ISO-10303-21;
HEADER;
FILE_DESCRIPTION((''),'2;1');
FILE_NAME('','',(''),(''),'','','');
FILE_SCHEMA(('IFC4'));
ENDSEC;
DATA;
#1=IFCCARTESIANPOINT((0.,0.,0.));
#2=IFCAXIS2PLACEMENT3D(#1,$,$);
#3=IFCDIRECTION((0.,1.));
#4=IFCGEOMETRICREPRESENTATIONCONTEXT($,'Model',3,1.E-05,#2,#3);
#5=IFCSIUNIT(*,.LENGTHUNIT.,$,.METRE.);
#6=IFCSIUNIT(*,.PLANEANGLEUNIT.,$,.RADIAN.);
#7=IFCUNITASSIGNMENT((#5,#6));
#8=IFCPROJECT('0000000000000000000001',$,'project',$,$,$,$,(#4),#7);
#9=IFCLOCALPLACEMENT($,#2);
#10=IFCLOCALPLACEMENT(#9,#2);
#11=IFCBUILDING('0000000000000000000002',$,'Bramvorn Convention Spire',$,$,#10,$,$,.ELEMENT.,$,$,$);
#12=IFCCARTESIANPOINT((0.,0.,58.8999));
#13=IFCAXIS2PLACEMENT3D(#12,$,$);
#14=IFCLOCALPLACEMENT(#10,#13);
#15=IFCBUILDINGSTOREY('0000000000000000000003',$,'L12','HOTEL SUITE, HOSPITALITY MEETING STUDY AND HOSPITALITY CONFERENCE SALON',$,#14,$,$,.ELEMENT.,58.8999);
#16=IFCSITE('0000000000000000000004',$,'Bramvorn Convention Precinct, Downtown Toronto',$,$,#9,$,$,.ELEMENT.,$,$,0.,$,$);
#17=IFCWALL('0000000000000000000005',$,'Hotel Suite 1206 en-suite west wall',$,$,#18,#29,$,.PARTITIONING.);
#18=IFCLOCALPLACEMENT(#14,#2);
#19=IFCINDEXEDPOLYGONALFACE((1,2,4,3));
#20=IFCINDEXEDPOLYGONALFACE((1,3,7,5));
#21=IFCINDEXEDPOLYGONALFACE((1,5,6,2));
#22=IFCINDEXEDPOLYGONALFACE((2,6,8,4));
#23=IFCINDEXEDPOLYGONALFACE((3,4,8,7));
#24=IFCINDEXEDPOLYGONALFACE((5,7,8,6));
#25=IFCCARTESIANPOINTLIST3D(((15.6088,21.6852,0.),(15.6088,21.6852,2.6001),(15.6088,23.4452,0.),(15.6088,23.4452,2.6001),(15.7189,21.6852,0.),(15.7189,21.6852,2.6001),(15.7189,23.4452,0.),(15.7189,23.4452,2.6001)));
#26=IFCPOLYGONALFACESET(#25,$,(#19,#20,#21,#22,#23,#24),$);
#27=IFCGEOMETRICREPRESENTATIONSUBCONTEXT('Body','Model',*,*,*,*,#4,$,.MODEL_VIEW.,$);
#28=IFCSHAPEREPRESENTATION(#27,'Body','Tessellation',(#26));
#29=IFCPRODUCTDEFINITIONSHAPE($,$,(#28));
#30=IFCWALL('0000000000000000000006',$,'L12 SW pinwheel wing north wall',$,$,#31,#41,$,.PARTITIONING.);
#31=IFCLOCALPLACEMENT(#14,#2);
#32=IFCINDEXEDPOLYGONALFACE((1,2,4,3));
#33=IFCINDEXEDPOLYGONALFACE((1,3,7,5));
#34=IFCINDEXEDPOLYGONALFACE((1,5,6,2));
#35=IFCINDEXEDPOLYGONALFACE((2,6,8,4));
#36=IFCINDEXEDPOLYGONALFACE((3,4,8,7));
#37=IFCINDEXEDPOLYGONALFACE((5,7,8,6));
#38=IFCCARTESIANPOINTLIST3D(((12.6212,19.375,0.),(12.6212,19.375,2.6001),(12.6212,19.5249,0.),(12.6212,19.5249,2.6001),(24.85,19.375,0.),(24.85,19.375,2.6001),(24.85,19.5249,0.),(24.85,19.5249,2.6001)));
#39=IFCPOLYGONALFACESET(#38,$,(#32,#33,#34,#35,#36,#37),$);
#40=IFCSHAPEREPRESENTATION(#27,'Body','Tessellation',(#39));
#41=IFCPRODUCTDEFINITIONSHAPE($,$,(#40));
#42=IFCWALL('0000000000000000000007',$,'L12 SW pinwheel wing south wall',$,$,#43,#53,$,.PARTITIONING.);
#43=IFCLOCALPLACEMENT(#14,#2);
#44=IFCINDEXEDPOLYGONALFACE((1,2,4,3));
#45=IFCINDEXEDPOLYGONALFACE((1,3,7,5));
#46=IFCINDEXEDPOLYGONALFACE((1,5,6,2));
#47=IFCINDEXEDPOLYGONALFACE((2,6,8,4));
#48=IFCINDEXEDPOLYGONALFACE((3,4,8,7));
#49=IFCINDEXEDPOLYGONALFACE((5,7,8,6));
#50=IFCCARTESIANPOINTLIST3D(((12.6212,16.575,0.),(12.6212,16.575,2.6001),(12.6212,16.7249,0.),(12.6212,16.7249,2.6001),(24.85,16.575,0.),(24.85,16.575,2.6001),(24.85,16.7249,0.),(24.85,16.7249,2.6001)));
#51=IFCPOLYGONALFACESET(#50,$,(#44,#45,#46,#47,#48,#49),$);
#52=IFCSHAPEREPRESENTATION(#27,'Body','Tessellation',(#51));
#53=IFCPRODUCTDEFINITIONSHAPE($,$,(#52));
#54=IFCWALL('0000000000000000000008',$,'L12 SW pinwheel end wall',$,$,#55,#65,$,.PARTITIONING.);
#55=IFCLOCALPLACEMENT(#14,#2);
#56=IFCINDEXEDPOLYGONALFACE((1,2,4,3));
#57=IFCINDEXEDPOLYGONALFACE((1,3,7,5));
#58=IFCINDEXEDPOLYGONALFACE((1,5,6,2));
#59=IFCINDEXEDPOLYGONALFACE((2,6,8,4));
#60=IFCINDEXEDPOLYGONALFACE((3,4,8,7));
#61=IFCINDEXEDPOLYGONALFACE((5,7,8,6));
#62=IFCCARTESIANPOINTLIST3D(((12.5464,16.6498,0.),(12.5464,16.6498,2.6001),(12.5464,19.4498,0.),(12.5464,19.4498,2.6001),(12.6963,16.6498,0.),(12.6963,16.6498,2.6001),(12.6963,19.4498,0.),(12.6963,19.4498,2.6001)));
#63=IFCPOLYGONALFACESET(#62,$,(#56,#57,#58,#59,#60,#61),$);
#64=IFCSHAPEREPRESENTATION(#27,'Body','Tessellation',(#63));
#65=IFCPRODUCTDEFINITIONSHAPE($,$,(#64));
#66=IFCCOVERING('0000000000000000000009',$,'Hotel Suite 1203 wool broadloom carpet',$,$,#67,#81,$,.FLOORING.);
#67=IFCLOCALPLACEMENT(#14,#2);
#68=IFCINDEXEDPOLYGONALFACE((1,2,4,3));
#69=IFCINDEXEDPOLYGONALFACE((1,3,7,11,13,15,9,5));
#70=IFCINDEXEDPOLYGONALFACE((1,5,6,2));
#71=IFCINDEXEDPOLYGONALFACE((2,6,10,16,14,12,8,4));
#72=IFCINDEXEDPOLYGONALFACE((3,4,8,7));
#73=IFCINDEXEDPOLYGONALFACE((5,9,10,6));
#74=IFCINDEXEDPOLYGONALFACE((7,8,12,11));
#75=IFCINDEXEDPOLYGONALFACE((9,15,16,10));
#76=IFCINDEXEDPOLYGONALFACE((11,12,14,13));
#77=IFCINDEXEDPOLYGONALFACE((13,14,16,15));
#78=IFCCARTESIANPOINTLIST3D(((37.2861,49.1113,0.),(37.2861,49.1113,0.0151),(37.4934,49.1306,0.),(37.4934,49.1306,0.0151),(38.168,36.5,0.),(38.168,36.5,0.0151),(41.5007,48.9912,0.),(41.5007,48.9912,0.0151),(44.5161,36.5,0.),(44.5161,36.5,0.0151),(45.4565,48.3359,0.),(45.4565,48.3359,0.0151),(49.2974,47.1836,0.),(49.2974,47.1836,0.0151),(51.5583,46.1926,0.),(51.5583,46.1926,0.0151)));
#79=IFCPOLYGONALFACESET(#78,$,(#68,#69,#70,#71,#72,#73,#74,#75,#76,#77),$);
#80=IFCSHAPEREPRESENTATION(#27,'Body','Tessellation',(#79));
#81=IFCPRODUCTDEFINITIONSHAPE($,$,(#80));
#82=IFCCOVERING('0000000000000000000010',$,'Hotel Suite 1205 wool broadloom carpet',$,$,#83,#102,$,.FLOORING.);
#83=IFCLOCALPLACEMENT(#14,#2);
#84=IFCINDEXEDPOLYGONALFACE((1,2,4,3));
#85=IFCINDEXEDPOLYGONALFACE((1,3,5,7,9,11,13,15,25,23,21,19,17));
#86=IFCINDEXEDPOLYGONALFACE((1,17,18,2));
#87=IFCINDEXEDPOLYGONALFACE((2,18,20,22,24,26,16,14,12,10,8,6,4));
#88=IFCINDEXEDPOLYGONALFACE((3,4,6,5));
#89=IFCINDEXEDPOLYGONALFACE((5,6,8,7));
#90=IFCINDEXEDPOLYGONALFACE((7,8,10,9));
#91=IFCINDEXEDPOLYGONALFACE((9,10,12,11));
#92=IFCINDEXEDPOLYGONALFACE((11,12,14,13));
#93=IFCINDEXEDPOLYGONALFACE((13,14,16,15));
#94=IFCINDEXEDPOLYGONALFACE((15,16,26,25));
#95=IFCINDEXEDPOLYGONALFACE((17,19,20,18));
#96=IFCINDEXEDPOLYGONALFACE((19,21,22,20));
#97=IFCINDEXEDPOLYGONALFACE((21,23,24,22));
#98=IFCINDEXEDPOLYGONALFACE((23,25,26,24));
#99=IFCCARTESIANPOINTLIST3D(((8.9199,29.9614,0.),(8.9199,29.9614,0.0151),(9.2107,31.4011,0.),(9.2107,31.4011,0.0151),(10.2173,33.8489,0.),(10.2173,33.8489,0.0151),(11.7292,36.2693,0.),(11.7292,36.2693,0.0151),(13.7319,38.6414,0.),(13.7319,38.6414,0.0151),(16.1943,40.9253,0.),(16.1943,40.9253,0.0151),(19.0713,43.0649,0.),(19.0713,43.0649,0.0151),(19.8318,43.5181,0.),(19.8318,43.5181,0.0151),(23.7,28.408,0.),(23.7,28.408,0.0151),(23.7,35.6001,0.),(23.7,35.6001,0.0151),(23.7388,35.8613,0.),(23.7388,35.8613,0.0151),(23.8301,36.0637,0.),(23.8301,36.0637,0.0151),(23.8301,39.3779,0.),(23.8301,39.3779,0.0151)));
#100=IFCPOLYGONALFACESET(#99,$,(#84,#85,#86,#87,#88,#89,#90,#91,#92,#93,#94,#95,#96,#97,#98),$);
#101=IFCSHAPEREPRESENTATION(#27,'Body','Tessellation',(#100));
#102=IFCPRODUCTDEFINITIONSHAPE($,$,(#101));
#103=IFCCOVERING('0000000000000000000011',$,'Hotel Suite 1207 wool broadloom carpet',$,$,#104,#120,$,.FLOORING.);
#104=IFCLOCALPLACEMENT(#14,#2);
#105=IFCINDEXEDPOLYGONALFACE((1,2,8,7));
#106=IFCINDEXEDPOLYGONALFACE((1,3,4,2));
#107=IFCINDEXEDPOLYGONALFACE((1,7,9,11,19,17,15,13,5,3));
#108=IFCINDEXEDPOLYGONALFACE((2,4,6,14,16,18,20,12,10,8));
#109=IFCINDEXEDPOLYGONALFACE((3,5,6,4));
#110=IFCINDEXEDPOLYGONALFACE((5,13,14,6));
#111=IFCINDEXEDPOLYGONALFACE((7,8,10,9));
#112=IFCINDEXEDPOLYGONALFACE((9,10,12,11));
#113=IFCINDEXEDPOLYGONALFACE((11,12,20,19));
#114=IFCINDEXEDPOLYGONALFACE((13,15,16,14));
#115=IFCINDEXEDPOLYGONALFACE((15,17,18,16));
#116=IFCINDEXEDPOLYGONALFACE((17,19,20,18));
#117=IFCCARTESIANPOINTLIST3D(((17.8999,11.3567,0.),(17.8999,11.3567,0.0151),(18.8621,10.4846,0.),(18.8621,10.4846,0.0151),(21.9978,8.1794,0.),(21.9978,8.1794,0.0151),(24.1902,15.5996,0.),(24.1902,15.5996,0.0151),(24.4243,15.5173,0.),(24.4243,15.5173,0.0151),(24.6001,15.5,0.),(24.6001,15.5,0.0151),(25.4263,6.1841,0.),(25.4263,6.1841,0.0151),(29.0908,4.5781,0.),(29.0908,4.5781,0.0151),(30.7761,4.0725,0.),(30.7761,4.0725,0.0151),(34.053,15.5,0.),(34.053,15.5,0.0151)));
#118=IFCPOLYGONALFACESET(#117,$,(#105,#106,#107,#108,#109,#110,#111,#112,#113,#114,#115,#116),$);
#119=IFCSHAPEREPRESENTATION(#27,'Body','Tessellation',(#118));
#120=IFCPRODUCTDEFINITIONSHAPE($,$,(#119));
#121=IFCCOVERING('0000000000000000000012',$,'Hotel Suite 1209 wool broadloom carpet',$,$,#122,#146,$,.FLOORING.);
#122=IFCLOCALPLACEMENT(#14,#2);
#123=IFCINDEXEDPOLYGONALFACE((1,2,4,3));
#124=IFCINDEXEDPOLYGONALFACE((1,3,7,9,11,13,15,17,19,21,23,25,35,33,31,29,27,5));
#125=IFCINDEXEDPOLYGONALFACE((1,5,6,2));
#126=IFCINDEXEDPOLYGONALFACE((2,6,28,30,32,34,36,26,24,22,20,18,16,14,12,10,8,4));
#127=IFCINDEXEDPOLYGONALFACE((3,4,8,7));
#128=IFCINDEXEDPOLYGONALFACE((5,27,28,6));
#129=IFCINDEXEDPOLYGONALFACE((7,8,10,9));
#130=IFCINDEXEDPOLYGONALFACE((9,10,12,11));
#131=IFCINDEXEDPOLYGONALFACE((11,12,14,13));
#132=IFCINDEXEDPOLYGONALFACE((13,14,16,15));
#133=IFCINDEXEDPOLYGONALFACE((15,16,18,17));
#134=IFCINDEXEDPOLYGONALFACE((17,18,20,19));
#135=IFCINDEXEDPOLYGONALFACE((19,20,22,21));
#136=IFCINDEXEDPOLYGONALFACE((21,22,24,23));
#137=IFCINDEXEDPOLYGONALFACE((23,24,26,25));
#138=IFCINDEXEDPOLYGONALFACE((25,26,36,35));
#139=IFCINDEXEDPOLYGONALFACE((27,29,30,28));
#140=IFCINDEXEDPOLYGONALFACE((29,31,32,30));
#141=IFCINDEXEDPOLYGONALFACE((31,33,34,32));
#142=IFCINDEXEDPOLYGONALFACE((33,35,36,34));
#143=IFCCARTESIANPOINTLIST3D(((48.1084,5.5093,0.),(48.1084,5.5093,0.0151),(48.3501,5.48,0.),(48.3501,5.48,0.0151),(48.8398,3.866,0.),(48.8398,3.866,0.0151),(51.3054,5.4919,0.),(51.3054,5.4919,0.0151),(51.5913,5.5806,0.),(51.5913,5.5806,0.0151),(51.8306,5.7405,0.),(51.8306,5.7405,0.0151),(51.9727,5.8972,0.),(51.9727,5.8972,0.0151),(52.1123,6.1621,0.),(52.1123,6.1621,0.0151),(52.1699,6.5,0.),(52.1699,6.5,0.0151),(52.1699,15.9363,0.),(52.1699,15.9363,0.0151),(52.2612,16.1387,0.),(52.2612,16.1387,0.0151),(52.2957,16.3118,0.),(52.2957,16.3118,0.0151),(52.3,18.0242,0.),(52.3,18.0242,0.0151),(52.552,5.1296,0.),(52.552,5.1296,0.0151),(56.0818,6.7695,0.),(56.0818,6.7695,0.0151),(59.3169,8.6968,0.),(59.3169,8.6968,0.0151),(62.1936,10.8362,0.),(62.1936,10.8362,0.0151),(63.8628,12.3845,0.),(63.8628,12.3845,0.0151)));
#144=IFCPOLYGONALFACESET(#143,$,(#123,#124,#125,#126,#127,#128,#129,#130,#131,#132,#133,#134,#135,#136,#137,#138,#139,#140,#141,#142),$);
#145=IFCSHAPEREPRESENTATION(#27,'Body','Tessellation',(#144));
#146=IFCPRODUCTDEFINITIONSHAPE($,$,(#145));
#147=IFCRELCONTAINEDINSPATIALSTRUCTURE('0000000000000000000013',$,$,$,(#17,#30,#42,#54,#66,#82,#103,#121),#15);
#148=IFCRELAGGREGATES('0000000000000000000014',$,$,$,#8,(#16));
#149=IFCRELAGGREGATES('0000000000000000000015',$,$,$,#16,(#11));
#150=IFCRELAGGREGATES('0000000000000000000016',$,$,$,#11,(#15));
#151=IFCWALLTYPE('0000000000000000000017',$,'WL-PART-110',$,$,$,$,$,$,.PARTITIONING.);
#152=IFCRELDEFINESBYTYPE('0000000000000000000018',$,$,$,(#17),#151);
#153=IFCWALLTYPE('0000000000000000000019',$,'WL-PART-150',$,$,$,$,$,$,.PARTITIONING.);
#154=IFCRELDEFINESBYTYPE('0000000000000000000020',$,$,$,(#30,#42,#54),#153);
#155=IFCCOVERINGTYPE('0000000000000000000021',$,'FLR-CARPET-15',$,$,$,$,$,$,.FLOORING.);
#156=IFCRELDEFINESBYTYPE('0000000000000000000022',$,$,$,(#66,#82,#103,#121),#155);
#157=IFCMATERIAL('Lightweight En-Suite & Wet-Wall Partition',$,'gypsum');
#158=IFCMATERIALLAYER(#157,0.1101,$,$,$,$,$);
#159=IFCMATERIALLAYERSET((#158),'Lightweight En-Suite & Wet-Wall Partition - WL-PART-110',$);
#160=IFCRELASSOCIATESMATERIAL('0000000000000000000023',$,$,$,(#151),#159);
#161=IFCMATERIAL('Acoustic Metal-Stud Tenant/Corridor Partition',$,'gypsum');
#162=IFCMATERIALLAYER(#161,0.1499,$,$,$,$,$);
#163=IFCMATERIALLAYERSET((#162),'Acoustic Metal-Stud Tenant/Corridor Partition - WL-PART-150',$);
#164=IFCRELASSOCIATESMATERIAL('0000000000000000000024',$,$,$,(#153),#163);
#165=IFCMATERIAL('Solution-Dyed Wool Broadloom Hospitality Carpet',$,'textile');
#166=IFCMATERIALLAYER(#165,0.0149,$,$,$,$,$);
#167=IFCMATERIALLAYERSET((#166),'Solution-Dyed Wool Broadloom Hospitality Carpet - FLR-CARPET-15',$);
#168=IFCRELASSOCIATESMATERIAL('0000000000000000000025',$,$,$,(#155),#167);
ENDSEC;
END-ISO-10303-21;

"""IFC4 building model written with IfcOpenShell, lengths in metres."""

from ifc_helpers import new_model, si_unit, direction, frame, frame_2d, origin, place, context, subcontext, project, spatial, polyline, rectangle, outline, extrude, material, layer, layer_set, type_object, element, save


model = new_model("IFC4")

# Units and contexts
model_context = context("Model", 3, precision=1e-05, world=origin(), true_north=direction((0.0, 1.0)))
body_context = subcontext(model_context, "Body", "Model", "MODEL_VIEW")
ifc_project = project(units=[si_unit("LENGTHUNIT", "METRE"), si_unit("PLANEANGLEUNIT", "RADIAN")], contexts=[model_context])

# Site, building, storey
site_placement = place(None, origin())
site = spatial("IfcSite", under=ifc_project, at=site_placement, Name="Bramvorn Convention Precinct, Downtown Toronto", CompositionType="ELEMENT", RefElevation=0.0)
building_placement = place(site_placement, origin())
building = spatial("IfcBuilding", under=site, at=building_placement, Name="Bramvorn Convention Spire", CompositionType="ELEMENT")
storey_placement = place(building_placement, frame((0.0, 0.0, 58.8999)))
storey = spatial("IfcBuildingStorey", under=building, at=storey_placement, Name="L12", Description="HOTEL SUITE, HOSPITALITY MEETING STUDY AND HOSPITALITY CONFERENCE SALON", CompositionType="ELEMENT", Elevation=58.8999)

# Shared definitions
ifc_material_1 = material(Name="Lightweight En-Suite & Wet-Wall Partition", Category="gypsum")
ifc_layer_1 = layer(ifc_material_1, 0.1101)
ifc_layer_set_1 = layer_set([ifc_layer_1], Name="Lightweight En-Suite & Wet-Wall Partition - WL-PART-110")
wall_type_1 = type_object("IfcWallType", Name="WL-PART-110", PredefinedType="PARTITIONING", material=ifc_layer_set_1)

# Walls
wall_1_placement = place(storey_placement, frame((15.6638, 21.6853, 0.0), z_axis=(0.0, 0.0, 1.0), x_axis=(0.0, 1.0, 0.0)))
element("IfcWall", 1, at=wall_1_placement, inside=storey, type_object=wall_type_1, Name="Hotel Suite 1206 en-suite west wall", PredefinedType="PARTITIONING", context=body_context, shape_type="SweptSolid", body=[
    extrude(rectangle(XDim=1.76, YDim=0.1101, at=frame_2d((0.8799, 0.0))), origin(), (0.0, 0.0, 1.0), 2.6001),
])
ifc_material_2 = material(Name="Acoustic Metal-Stud Tenant/Corridor Partition", Category="gypsum")
ifc_layer_2 = layer(ifc_material_2, 0.1499)
ifc_layer_set_2 = layer_set([ifc_layer_2], Name="Acoustic Metal-Stud Tenant/Corridor Partition - WL-PART-150")
wall_type_2 = type_object("IfcWallType", Name="WL-PART-150", PredefinedType="PARTITIONING", material=ifc_layer_set_2)
for number, where, z_axis, x_axis, name in (
    (2, (12.6213, 19.45, 0.0), (0.0, 0.0, 1.0), (1.0, 0.0, 0.0), "L12 SW pinwheel wing north wall"),
    (3, (12.6213, 16.6499, 0.0), (0.0, 0.0, 1.0), (1.0, 0.0, 0.0), "L12 SW pinwheel wing south wall"),
):
    element("IfcWall", number, at=place(storey_placement, frame(where, z_axis=z_axis, x_axis=x_axis)), inside=storey, type_object=wall_type_2, Name=name, PredefinedType="PARTITIONING", context=body_context, shape_type="SweptSolid", body=[
        extrude(rectangle(XDim=12.2288, YDim=0.1499, at=frame_2d((6.1143, 0.0))), origin(), (0.0, 0.0, 1.0), 2.6001),
    ])
wall_2_placement = place(storey_placement, frame((12.6213, 16.6499, 0.0), z_axis=(0.0, 0.0, 1.0), x_axis=(0.0, 1.0, 0.0)))
element("IfcWall", 4, at=wall_2_placement, inside=storey, type_object=wall_type_2, Name="L12 SW pinwheel end wall", PredefinedType="PARTITIONING", context=body_context, shape_type="SweptSolid", body=[
    extrude(rectangle(XDim=2.8, YDim=0.1499, at=frame_2d((1.3999, 0.0))), origin(), (0.0, 0.0, 1.0), 2.6001),
])

# Coverings
ifc_material_3 = material(Name="Solution-Dyed Wool Broadloom Hospitality Carpet", Category="textile")
ifc_layer_3 = layer(ifc_material_3, 0.0149)
ifc_layer_set_3 = layer_set([ifc_layer_3], Name="Solution-Dyed Wool Broadloom Hospitality Carpet - FLR-CARPET-15")
covering_type = type_object("IfcCoveringType", Name="FLR-CARPET-15", PredefinedType="FLOORING", material=ifc_layer_set_3)
covering_1_placement = place(storey_placement, origin())
element("IfcCovering", 5, at=covering_1_placement, inside=storey, type_object=covering_type, Name="Hotel Suite 1203 wool broadloom carpet", PredefinedType="FLOORING", context=body_context, shape_type="SweptSolid", body=[
    extrude(outline(polyline([(37.4934, 49.1306), (37.2861, 49.1113), (38.168, 36.5), (44.5161, 36.5), (51.5583, 46.1926), (49.2974, 47.1836), (45.4565, 48.3359), (41.5007, 48.9912), (37.4934, 49.1306)])), origin(), (0.0, 0.0, 1.0), 0.0151),
])
covering_2_placement = place(storey_placement, origin())
element("IfcCovering", 6, at=covering_2_placement, inside=storey, type_object=covering_type, Name="Hotel Suite 1205 wool broadloom carpet", PredefinedType="FLOORING", context=body_context, shape_type="SweptSolid", body=[
    extrude(outline(polyline([(9.2107, 31.4011), (8.9199, 29.9614), (23.7, 28.408), (23.7, 35.6001), (23.7388, 35.8613), (23.8301, 36.0637), (23.8301, 39.3779), (19.8318, 43.5181), (19.0713, 43.0649), (16.1943, 40.9253), (13.7319, 38.6414), (11.7292, 36.2693), (10.2173, 33.8489), (9.2107, 31.4011)])), origin(), (0.0, 0.0, 1.0), 0.0151),
])
covering_3_placement = place(storey_placement, origin())
element("IfcCovering", 7, at=covering_3_placement, inside=storey, type_object=covering_type, Name="Hotel Suite 1207 wool broadloom carpet", PredefinedType="FLOORING", context=body_context, shape_type="SweptSolid", body=[
    extrude(outline(polyline([(17.8999, 11.3567), (18.8621, 10.4846), (21.9978, 8.1794), (25.4263, 6.1841), (29.0908, 4.5781), (30.7761, 4.0725), (34.053, 15.5), (24.6001, 15.5), (24.4243, 15.5173), (24.1902, 15.5996), (17.8999, 11.3567)])), origin(), (0.0, 0.0, 1.0), 0.0151),
])
covering_4_placement = place(storey_placement, origin())
element("IfcCovering", 8, at=covering_4_placement, inside=storey, type_object=covering_type, Name="Hotel Suite 1209 wool broadloom carpet", PredefinedType="FLOORING", context=body_context, shape_type="SweptSolid", body=[
    extrude(outline(polyline([(48.8398, 3.866), (52.552, 5.1296), (56.0818, 6.7695), (59.3169, 8.6968), (62.1936, 10.8362), (63.8628, 12.3845), (52.3, 18.0242), (52.2957, 16.3118), (52.2612, 16.1387), (52.1699, 15.9363), (52.1699, 6.5), (52.1123, 6.1621), (51.9727, 5.8972), (51.8306, 5.7405), (51.5913, 5.5806), (51.3054, 5.4919), (48.3501, 5.48), (48.1084, 5.5093), (48.8398, 3.866)])), origin(), (0.0, 0.0, 1.0), 0.0151),
])

save(model, "model.ifc")
